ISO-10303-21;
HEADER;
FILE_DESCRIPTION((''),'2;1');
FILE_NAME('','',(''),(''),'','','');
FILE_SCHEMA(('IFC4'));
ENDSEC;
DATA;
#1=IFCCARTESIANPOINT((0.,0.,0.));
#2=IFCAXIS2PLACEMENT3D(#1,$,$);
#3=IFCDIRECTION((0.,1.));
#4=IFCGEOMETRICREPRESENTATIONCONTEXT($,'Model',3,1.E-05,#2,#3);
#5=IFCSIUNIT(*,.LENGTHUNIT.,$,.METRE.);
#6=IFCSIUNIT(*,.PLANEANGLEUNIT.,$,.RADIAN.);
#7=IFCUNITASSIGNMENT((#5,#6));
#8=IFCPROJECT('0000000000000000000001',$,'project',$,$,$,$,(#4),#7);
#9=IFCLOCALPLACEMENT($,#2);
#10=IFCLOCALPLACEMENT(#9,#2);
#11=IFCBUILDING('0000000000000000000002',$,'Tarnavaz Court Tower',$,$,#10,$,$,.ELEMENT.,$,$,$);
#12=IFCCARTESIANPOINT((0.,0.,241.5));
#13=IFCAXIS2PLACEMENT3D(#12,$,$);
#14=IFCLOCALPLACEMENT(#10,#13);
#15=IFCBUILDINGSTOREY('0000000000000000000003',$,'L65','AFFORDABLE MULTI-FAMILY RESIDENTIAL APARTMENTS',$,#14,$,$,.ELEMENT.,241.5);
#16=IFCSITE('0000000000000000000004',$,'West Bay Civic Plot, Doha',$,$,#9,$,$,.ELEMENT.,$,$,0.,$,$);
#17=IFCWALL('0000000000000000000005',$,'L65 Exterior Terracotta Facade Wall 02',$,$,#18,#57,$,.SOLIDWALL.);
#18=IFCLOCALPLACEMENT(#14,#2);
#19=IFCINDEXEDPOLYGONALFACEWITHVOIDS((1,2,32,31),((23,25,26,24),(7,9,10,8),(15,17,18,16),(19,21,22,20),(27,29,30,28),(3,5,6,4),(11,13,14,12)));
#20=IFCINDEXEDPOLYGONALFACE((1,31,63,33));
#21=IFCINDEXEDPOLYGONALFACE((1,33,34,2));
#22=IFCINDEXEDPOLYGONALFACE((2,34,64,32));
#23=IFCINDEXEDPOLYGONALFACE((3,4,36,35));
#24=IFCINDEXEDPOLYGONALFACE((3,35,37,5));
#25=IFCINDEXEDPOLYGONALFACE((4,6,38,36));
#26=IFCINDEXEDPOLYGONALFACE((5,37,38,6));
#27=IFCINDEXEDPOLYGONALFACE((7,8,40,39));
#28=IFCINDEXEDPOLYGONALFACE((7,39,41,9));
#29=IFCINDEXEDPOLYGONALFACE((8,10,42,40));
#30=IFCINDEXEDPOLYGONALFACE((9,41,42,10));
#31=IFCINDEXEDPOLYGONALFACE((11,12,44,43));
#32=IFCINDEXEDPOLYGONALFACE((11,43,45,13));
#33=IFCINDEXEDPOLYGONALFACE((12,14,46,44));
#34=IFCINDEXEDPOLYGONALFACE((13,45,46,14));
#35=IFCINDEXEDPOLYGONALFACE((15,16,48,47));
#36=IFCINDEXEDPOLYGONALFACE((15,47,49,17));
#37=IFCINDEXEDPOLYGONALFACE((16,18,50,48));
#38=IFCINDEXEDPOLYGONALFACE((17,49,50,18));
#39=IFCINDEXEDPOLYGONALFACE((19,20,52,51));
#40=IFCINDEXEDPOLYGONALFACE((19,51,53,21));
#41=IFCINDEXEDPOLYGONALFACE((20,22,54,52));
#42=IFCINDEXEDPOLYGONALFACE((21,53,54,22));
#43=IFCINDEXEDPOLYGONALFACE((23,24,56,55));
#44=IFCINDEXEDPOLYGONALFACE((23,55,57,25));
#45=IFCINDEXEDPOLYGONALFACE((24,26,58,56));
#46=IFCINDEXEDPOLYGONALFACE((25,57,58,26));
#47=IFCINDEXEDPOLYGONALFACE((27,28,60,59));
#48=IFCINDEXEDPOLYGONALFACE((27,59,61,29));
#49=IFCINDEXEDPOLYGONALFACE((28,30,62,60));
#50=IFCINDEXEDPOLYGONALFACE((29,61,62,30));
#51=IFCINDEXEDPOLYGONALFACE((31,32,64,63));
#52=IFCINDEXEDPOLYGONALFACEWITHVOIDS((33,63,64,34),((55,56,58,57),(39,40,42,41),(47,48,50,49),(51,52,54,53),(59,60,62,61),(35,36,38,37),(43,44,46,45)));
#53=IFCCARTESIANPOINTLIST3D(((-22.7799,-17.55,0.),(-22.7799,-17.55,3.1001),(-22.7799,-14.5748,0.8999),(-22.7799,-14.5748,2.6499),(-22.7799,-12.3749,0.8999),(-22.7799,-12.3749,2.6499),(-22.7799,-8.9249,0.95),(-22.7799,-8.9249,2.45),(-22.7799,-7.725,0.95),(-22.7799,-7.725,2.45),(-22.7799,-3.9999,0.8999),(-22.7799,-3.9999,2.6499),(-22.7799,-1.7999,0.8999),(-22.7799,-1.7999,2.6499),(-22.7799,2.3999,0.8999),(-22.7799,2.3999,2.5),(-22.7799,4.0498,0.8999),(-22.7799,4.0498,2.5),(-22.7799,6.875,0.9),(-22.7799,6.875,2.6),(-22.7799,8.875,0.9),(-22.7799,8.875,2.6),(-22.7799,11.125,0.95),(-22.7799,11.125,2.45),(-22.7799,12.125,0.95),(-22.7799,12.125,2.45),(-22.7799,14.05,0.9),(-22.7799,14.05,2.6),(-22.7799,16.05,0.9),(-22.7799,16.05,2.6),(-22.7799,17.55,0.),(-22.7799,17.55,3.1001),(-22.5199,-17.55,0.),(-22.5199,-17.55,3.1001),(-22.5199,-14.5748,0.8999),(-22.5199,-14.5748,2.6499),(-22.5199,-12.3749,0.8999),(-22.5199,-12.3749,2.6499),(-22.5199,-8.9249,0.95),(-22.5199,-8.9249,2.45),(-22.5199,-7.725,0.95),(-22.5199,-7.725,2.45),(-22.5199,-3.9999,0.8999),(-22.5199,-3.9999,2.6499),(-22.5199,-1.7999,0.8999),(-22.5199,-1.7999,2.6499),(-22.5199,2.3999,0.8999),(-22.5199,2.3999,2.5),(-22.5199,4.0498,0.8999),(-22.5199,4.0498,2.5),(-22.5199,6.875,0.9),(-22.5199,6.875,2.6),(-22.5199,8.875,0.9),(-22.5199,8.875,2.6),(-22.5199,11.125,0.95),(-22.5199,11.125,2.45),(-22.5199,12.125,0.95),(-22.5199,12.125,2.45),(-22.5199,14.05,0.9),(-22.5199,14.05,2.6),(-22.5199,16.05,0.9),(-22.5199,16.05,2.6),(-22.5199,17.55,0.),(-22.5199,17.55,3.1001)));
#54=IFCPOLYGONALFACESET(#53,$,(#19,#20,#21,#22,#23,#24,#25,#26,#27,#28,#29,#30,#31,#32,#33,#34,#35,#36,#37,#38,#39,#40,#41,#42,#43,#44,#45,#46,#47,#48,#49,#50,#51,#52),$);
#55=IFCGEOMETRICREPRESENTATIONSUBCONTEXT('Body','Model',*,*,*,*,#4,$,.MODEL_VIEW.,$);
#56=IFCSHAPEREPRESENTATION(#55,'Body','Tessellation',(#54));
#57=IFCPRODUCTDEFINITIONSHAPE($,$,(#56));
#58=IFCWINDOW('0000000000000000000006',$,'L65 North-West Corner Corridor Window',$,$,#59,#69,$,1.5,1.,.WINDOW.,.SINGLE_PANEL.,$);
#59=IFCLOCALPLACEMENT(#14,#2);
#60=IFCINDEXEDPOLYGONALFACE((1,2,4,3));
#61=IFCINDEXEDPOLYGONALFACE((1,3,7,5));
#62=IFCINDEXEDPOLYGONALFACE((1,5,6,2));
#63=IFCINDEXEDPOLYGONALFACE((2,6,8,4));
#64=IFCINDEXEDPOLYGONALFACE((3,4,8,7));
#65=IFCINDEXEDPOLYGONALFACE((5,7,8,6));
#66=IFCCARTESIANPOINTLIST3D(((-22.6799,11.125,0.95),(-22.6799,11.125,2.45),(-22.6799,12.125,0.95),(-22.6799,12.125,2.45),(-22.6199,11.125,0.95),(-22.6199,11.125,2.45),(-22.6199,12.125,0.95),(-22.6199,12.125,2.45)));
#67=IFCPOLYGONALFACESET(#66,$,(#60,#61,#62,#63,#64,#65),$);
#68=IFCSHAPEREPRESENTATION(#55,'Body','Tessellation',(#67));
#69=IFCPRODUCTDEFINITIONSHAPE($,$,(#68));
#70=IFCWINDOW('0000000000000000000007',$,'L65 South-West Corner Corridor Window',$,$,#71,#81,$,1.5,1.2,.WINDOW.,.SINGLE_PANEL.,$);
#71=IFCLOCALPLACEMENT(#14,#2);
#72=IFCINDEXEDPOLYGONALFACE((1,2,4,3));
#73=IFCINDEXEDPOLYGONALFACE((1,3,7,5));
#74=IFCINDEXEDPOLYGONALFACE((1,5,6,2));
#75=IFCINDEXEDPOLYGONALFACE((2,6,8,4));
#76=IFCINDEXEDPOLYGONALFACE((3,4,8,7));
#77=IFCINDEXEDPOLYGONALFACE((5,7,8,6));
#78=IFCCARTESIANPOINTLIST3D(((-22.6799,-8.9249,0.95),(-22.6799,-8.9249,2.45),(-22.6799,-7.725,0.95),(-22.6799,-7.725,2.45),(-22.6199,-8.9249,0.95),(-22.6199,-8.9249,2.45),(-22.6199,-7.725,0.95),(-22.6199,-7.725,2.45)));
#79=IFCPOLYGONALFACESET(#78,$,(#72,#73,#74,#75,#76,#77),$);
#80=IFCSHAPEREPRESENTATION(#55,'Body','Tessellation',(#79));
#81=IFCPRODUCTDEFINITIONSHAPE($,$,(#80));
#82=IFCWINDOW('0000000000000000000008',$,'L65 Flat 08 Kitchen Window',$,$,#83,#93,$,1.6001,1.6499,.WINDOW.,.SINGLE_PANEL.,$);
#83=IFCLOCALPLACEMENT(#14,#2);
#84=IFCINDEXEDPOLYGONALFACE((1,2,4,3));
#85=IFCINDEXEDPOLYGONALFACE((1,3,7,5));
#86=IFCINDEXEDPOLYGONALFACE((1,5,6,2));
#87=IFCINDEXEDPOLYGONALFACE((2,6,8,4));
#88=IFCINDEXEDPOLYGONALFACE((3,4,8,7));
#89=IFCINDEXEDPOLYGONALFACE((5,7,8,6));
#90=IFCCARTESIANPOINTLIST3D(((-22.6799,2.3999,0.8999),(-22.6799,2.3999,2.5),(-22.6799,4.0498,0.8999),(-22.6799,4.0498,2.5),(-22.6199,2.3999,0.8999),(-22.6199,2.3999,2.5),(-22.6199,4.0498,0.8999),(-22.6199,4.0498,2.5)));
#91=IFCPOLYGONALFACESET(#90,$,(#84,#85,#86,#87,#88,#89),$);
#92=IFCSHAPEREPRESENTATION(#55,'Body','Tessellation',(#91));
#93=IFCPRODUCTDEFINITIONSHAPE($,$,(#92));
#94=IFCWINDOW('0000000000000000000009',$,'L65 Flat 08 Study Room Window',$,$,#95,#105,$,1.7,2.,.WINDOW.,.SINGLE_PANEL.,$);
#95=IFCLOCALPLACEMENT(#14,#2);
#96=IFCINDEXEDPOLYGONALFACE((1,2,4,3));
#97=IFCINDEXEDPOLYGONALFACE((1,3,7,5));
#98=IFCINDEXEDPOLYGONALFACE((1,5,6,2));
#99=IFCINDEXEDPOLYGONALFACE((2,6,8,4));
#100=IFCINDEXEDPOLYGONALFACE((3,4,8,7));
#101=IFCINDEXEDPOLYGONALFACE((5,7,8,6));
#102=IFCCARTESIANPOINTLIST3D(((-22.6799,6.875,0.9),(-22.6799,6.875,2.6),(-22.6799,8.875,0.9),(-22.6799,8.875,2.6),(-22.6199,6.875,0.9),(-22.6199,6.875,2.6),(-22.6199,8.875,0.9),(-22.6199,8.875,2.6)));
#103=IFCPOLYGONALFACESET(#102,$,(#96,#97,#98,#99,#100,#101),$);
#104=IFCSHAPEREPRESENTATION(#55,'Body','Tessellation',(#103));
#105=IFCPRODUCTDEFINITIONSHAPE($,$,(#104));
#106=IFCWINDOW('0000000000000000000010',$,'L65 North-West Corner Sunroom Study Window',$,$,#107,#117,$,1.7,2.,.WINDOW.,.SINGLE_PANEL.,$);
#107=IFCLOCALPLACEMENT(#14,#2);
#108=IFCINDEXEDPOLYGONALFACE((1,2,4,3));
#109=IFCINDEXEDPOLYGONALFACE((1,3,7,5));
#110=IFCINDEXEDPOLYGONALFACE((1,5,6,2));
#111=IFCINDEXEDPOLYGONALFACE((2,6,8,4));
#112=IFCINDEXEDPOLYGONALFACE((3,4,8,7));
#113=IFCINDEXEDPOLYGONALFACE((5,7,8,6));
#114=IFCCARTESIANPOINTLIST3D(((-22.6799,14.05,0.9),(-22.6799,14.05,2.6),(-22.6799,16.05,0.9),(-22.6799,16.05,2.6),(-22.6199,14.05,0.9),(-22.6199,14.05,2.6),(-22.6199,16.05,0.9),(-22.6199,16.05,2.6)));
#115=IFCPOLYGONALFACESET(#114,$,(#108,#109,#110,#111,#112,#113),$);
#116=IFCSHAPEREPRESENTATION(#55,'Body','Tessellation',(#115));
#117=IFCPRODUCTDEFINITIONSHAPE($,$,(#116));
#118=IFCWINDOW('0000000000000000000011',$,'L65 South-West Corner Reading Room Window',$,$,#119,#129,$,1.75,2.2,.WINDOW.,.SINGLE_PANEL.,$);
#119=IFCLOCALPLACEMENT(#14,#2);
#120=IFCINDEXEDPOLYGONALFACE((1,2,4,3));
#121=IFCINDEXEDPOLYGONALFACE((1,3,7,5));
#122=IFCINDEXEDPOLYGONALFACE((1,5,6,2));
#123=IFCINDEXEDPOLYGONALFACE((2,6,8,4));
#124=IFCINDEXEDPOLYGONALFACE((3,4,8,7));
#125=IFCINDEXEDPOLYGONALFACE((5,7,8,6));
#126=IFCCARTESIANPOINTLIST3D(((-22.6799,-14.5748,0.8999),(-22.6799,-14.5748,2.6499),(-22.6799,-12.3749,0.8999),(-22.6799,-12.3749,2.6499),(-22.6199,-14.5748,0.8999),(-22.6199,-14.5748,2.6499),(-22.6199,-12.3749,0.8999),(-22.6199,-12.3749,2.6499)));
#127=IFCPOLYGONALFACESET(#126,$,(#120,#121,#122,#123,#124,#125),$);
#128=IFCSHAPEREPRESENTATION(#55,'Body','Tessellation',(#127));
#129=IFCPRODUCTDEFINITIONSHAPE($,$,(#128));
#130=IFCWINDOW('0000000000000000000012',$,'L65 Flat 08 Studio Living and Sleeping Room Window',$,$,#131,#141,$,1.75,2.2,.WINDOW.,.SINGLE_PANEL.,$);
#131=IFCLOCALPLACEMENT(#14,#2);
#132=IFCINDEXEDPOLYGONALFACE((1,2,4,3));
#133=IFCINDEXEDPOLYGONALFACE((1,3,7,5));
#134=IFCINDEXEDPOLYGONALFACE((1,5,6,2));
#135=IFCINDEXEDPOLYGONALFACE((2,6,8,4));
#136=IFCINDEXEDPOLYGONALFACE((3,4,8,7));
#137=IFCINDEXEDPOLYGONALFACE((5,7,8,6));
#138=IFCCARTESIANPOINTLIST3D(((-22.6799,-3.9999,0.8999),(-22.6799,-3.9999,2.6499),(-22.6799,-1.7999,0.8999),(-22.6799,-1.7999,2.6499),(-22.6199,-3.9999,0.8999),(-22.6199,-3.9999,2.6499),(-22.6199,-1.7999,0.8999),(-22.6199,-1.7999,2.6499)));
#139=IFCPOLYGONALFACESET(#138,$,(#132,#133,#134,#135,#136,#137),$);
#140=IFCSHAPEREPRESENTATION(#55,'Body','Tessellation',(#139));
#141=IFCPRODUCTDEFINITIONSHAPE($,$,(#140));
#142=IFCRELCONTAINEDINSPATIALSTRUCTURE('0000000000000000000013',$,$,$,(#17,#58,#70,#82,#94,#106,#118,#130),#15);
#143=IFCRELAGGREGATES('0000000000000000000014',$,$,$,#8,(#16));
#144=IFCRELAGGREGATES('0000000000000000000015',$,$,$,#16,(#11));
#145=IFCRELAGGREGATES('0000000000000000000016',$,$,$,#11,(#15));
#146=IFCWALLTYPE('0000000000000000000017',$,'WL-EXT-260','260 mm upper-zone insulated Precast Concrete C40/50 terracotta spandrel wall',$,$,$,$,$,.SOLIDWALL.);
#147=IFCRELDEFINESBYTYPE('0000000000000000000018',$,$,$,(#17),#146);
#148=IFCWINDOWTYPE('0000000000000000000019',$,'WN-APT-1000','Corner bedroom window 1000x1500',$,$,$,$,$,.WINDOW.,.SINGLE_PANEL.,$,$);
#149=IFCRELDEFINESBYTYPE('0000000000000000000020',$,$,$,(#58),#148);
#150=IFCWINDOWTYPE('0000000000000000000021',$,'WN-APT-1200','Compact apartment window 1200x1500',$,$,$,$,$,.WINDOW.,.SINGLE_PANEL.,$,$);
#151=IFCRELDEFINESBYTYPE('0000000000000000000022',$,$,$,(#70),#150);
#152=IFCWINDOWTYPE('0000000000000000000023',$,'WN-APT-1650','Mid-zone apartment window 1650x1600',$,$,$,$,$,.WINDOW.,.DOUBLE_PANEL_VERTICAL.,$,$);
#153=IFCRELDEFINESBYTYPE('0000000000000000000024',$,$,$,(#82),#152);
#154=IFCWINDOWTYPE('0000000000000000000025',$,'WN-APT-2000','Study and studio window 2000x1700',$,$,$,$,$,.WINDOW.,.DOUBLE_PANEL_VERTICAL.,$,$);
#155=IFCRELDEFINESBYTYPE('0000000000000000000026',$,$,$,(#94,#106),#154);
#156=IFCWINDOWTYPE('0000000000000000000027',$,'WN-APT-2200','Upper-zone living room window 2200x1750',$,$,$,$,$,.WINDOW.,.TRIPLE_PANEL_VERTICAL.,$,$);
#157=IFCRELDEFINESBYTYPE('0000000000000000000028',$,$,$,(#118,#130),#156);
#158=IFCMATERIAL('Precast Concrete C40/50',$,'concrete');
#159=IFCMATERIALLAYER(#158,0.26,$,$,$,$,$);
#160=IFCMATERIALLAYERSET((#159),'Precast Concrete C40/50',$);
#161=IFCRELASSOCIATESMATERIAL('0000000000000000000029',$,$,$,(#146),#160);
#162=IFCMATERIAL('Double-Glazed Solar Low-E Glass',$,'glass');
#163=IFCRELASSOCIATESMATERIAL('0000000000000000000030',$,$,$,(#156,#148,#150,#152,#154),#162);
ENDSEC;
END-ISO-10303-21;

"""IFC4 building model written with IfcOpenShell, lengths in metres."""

from ifc_helpers import new_model, si_unit, direction, frame, frame_2d, origin, place, context, subcontext, project, spatial, rectangle, extrude, material, layer, layer_set, type_object, element, fill, save


model = new_model("IFC4")

# Units and contexts
model_context = context("Model", 3, precision=1e-05, world=origin(), true_north=direction((0.0, 1.0)))
body_context = subcontext(model_context, "Body", "Model", "MODEL_VIEW")
ifc_project = project(units=[si_unit("LENGTHUNIT", "METRE"), si_unit("PLANEANGLEUNIT", "RADIAN")], contexts=[model_context])

# Site, building, storey
site_placement = place(None, origin())
site = spatial("IfcSite", under=ifc_project, at=site_placement, Name="West Bay Civic Plot, Doha", CompositionType="ELEMENT", RefElevation=0.0)
building_placement = place(site_placement, origin())
building = spatial("IfcBuilding", under=site, at=building_placement, Name="Tarnavaz Court Tower", CompositionType="ELEMENT")
storey_placement = place(building_placement, frame((0.0, 0.0, 241.5)))
storey = spatial("IfcBuildingStorey", under=building, at=storey_placement, Name="L65", Description="AFFORDABLE MULTI-FAMILY RESIDENTIAL APARTMENTS", CompositionType="ELEMENT", Elevation=241.5)

# Shared definitions
ifc_material_1 = material(Name="Precast Concrete C40/50", Category="concrete")
ifc_layer_1 = layer(ifc_material_1, 0.26)
ifc_layer_set_1 = layer_set([ifc_layer_1], Name="Precast Concrete C40/50")
wall_type_1 = type_object("IfcWallType", Name="WL-EXT-260", Description="260 mm upper-zone insulated Precast Concrete C40/50 terracotta spandrel wall", PredefinedType="SOLIDWALL", material=ifc_layer_set_1)
ifc_material_2 = material(Name="Double-Glazed Solar Low-E Glass", Category="glass")
window_type_1 = type_object("IfcWindowType", Name="WN-APT-2200", Description="Upper-zone living room window 2200x1750", PartitioningType="TRIPLE_PANEL_VERTICAL", PredefinedType="WINDOW", material=ifc_material_2)

# Wall, openings, windows
wall_1_placement = place(storey_placement, frame((-22.6499, -17.55, 0.0), z_axis=(0.0, 0.0, 1.0), x_axis=(0.0, 1.0, 0.0)))
wall_1 = element("IfcWall", 1, at=wall_1_placement, inside=storey, type_object=wall_type_1, Name="L65 Exterior Terracotta Facade Wall 02", PredefinedType="SOLIDWALL", context=body_context, shape_type="SweptSolid", body=[
    extrude(rectangle(XDim=35.1001, YDim=0.26, at=frame_2d((17.55, 0.0))), origin(), (0.0, 0.0, 1.0), 3.1001),
])
opening_1_placement = place(wall_1_placement, frame((2.9751, 0.0, 0.8999)))
opening_1 = element("IfcOpeningElement", 2, at=opening_1_placement, cuts=wall_1, PredefinedType="OPENING", context=body_context, shape_type="SweptSolid", body=[
    extrude(rectangle(XDim=2.2, YDim=1.75, at=frame_2d((1.1001, 0.875))), frame((0.0, 0.1399, 0.0), z_axis=(0.0, -1.0, 0.0), x_axis=(1.0, 0.0, 0.0)), (0.0, 0.0, 1.0), 0.28),
])
opening_2_placement = place(wall_1_placement, frame((8.625, 0.0, 0.95)))
opening_2 = element("IfcOpeningElement", 3, at=opening_2_placement, cuts=wall_1, PredefinedType="OPENING", context=body_context, shape_type="SweptSolid", body=[
    extrude(rectangle(XDim=1.2, YDim=1.5, at=frame_2d((0.6001, 0.75))), frame((0.0, 0.1399, 0.0), z_axis=(0.0, -1.0, 0.0), x_axis=(1.0, 0.0, 0.0)), (0.0, 0.0, 1.0), 0.28),
])
opening_3_placement = place(wall_1_placement, frame((13.55, 0.0, 0.8999)))
opening_3 = element("IfcOpeningElement", 4, at=opening_3_placement, cuts=wall_1, PredefinedType="OPENING", context=body_context, shape_type="SweptSolid", body=[
    extrude(rectangle(XDim=2.2, YDim=1.75, at=frame_2d((1.1001, 0.875))), frame((0.0, 0.1399, 0.0), z_axis=(0.0, -1.0, 0.0), x_axis=(1.0, 0.0, 0.0)), (0.0, 0.0, 1.0), 0.28),
])
opening_4_placement = place(wall_1_placement, frame((19.95, 0.0, 0.8999)))
opening_4 = element("IfcOpeningElement", 5, at=opening_4_placement, cuts=wall_1, PredefinedType="OPENING", context=body_context, shape_type="SweptSolid", body=[
    extrude(rectangle(XDim=1.6499, YDim=1.6001, at=frame_2d((0.825, 0.8))), frame((0.0, 0.1399, 0.0), z_axis=(0.0, -1.0, 0.0), x_axis=(1.0, 0.0, 0.0)), (0.0, 0.0, 1.0), 0.28),
])
opening_5_placement = place(wall_1_placement, frame((24.425, 0.0, 0.8999)))
opening_5 = element("IfcOpeningElement", 6, at=opening_5_placement, cuts=wall_1, PredefinedType="OPENING", context=body_context, shape_type="SweptSolid", body=[
    extrude(rectangle(XDim=2.0, YDim=1.7, at=frame_2d((1.0, 0.8501))), frame((0.0, 0.1399, 0.0), z_axis=(0.0, -1.0, 0.0), x_axis=(1.0, 0.0, 0.0)), (0.0, 0.0, 1.0), 0.28),
])
opening_6_placement = place(wall_1_placement, frame((28.675, 0.0, 0.95)))
opening_6 = element("IfcOpeningElement", 7, at=opening_6_placement, cuts=wall_1, PredefinedType="OPENING", context=body_context, shape_type="SweptSolid", body=[
    extrude(rectangle(XDim=1.0, YDim=1.5, at=frame_2d((0.5, 0.75))), frame((0.0, 0.1399, 0.0), z_axis=(0.0, -1.0, 0.0), x_axis=(1.0, 0.0, 0.0)), (0.0, 0.0, 1.0), 0.28),
])
opening_7_placement = place(wall_1_placement, frame((31.6001, 0.0, 0.8999)))
opening_7 = element("IfcOpeningElement", 8, at=opening_7_placement, cuts=wall_1, PredefinedType="OPENING", context=body_context, shape_type="SweptSolid", body=[
    extrude(rectangle(XDim=2.0, YDim=1.7, at=frame_2d((1.0, 0.8501))), frame((0.0, 0.1399, 0.0), z_axis=(0.0, -1.0, 0.0), x_axis=(1.0, 0.0, 0.0)), (0.0, 0.0, 1.0), 0.28),
])
window_type_2 = type_object("IfcWindowType", Name="WN-APT-1000", Description="Corner bedroom window 1000x1500", PartitioningType="SINGLE_PANEL", PredefinedType="WINDOW", material=ifc_material_2)
window_1_placement = place(opening_6_placement, origin())
window_1 = element("IfcWindow", 9, at=window_1_placement, inside=storey, type_object=window_type_2, Name="L65 North-West Corner Corridor Window", OverallHeight=1.5, OverallWidth=1.0, PartitioningType="SINGLE_PANEL", PredefinedType="WINDOW", context=body_context, shape_type="SweptSolid", body=[
    extrude(rectangle(XDim=1.0, YDim=1.5, at=frame_2d((0.5, 0.75))), frame((0.0, 0.03, 0.0), z_axis=(0.0, -1.0, 0.0), x_axis=(1.0, 0.0, 0.0)), (0.0, 0.0, 1.0), 0.0601),
])
fill(opening_6, window_1)
window_type_3 = type_object("IfcWindowType", Name="WN-APT-1200", Description="Compact apartment window 1200x1500", PartitioningType="SINGLE_PANEL", PredefinedType="WINDOW", material=ifc_material_2)
window_2_placement = place(opening_2_placement, origin())
window_2 = element("IfcWindow", 10, at=window_2_placement, inside=storey, type_object=window_type_3, Name="L65 South-West Corner Corridor Window", OverallHeight=1.5, OverallWidth=1.2, PartitioningType="SINGLE_PANEL", PredefinedType="WINDOW", context=body_context, shape_type="SweptSolid", body=[
    extrude(rectangle(XDim=1.2, YDim=1.5, at=frame_2d((0.6001, 0.75))), frame((0.0, 0.03, 0.0), z_axis=(0.0, -1.0, 0.0), x_axis=(1.0, 0.0, 0.0)), (0.0, 0.0, 1.0), 0.0601),
])
fill(opening_2, window_2)
window_type_4 = type_object("IfcWindowType", Name="WN-APT-1650", Description="Mid-zone apartment window 1650x1600", PartitioningType="DOUBLE_PANEL_VERTICAL", PredefinedType="WINDOW", material=ifc_material_2)
window_3_placement = place(opening_4_placement, origin())
window_3 = element("IfcWindow", 11, at=window_3_placement, inside=storey, type_object=window_type_4, Name="L65 Flat 08 Kitchen Window", OverallHeight=1.6001, OverallWidth=1.6499, PartitioningType="SINGLE_PANEL", PredefinedType="WINDOW", context=body_context, shape_type="SweptSolid", body=[
    extrude(rectangle(XDim=1.6499, YDim=1.6001, at=frame_2d((0.825, 0.8))), frame((0.0, 0.03, 0.0), z_axis=(0.0, -1.0, 0.0), x_axis=(1.0, 0.0, 0.0)), (0.0, 0.0, 1.0), 0.0601),
])
fill(opening_4, window_3)
window_type_5 = type_object("IfcWindowType", Name="WN-APT-2000", Description="Study and studio window 2000x1700", PartitioningType="DOUBLE_PANEL_VERTICAL", PredefinedType="WINDOW", material=ifc_material_2)
window_4_placement = place(opening_5_placement, origin())
window_4 = element("IfcWindow", 12, at=window_4_placement, inside=storey, type_object=window_type_5, Name="L65 Flat 08 Study Room Window", OverallHeight=1.7, OverallWidth=2.0, PartitioningType="SINGLE_PANEL", PredefinedType="WINDOW", context=body_context, shape_type="SweptSolid", body=[
    extrude(rectangle(XDim=2.0, YDim=1.7, at=frame_2d((1.0, 0.8501))), frame((0.0, 0.03, 0.0), z_axis=(0.0, -1.0, 0.0), x_axis=(1.0, 0.0, 0.0)), (0.0, 0.0, 1.0), 0.0601),
])
fill(opening_5, window_4)
window_5_placement = place(opening_7_placement, origin())
window_5 = element("IfcWindow", 13, at=window_5_placement, inside=storey, type_object=window_type_5, Name="L65 North-West Corner Sunroom Study Window", OverallHeight=1.7, OverallWidth=2.0, PartitioningType="SINGLE_PANEL", PredefinedType="WINDOW", context=body_context, shape_type="SweptSolid", body=[
    extrude(rectangle(XDim=2.0, YDim=1.7, at=frame_2d((1.0, 0.8501))), frame((0.0, 0.03, 0.0), z_axis=(0.0, -1.0, 0.0), x_axis=(1.0, 0.0, 0.0)), (0.0, 0.0, 1.0), 0.0601),
])
fill(opening_7, window_5)
window_6_placement = place(opening_1_placement, origin())
window_6 = element("IfcWindow", 14, at=window_6_placement, inside=storey, type_object=window_type_1, Name="L65 South-West Corner Reading Room Window", OverallHeight=1.75, OverallWidth=2.2, PartitioningType="SINGLE_PANEL", PredefinedType="WINDOW", context=body_context, shape_type="SweptSolid", body=[
    extrude(rectangle(XDim=2.2, YDim=1.75, at=frame_2d((1.1001, 0.875))), frame((0.0, 0.03, 0.0), z_axis=(0.0, -1.0, 0.0), x_axis=(1.0, 0.0, 0.0)), (0.0, 0.0, 1.0), 0.0601),
])
fill(opening_1, window_6)
window_7_placement = place(opening_3_placement, origin())
window_7 = element("IfcWindow", 15, at=window_7_placement, inside=storey, type_object=window_type_1, Name="L65 Flat 08 Studio Living and Sleeping Room Window", OverallHeight=1.75, OverallWidth=2.2, PartitioningType="SINGLE_PANEL", PredefinedType="WINDOW", context=body_context, shape_type="SweptSolid", body=[
    extrude(rectangle(XDim=2.2, YDim=1.75, at=frame_2d((1.1001, 0.875))), frame((0.0, 0.03, 0.0), z_axis=(0.0, -1.0, 0.0), x_axis=(1.0, 0.0, 0.0)), (0.0, 0.0, 1.0), 0.0601),
])
fill(opening_3, window_7)

save(model, "model.ifc")
